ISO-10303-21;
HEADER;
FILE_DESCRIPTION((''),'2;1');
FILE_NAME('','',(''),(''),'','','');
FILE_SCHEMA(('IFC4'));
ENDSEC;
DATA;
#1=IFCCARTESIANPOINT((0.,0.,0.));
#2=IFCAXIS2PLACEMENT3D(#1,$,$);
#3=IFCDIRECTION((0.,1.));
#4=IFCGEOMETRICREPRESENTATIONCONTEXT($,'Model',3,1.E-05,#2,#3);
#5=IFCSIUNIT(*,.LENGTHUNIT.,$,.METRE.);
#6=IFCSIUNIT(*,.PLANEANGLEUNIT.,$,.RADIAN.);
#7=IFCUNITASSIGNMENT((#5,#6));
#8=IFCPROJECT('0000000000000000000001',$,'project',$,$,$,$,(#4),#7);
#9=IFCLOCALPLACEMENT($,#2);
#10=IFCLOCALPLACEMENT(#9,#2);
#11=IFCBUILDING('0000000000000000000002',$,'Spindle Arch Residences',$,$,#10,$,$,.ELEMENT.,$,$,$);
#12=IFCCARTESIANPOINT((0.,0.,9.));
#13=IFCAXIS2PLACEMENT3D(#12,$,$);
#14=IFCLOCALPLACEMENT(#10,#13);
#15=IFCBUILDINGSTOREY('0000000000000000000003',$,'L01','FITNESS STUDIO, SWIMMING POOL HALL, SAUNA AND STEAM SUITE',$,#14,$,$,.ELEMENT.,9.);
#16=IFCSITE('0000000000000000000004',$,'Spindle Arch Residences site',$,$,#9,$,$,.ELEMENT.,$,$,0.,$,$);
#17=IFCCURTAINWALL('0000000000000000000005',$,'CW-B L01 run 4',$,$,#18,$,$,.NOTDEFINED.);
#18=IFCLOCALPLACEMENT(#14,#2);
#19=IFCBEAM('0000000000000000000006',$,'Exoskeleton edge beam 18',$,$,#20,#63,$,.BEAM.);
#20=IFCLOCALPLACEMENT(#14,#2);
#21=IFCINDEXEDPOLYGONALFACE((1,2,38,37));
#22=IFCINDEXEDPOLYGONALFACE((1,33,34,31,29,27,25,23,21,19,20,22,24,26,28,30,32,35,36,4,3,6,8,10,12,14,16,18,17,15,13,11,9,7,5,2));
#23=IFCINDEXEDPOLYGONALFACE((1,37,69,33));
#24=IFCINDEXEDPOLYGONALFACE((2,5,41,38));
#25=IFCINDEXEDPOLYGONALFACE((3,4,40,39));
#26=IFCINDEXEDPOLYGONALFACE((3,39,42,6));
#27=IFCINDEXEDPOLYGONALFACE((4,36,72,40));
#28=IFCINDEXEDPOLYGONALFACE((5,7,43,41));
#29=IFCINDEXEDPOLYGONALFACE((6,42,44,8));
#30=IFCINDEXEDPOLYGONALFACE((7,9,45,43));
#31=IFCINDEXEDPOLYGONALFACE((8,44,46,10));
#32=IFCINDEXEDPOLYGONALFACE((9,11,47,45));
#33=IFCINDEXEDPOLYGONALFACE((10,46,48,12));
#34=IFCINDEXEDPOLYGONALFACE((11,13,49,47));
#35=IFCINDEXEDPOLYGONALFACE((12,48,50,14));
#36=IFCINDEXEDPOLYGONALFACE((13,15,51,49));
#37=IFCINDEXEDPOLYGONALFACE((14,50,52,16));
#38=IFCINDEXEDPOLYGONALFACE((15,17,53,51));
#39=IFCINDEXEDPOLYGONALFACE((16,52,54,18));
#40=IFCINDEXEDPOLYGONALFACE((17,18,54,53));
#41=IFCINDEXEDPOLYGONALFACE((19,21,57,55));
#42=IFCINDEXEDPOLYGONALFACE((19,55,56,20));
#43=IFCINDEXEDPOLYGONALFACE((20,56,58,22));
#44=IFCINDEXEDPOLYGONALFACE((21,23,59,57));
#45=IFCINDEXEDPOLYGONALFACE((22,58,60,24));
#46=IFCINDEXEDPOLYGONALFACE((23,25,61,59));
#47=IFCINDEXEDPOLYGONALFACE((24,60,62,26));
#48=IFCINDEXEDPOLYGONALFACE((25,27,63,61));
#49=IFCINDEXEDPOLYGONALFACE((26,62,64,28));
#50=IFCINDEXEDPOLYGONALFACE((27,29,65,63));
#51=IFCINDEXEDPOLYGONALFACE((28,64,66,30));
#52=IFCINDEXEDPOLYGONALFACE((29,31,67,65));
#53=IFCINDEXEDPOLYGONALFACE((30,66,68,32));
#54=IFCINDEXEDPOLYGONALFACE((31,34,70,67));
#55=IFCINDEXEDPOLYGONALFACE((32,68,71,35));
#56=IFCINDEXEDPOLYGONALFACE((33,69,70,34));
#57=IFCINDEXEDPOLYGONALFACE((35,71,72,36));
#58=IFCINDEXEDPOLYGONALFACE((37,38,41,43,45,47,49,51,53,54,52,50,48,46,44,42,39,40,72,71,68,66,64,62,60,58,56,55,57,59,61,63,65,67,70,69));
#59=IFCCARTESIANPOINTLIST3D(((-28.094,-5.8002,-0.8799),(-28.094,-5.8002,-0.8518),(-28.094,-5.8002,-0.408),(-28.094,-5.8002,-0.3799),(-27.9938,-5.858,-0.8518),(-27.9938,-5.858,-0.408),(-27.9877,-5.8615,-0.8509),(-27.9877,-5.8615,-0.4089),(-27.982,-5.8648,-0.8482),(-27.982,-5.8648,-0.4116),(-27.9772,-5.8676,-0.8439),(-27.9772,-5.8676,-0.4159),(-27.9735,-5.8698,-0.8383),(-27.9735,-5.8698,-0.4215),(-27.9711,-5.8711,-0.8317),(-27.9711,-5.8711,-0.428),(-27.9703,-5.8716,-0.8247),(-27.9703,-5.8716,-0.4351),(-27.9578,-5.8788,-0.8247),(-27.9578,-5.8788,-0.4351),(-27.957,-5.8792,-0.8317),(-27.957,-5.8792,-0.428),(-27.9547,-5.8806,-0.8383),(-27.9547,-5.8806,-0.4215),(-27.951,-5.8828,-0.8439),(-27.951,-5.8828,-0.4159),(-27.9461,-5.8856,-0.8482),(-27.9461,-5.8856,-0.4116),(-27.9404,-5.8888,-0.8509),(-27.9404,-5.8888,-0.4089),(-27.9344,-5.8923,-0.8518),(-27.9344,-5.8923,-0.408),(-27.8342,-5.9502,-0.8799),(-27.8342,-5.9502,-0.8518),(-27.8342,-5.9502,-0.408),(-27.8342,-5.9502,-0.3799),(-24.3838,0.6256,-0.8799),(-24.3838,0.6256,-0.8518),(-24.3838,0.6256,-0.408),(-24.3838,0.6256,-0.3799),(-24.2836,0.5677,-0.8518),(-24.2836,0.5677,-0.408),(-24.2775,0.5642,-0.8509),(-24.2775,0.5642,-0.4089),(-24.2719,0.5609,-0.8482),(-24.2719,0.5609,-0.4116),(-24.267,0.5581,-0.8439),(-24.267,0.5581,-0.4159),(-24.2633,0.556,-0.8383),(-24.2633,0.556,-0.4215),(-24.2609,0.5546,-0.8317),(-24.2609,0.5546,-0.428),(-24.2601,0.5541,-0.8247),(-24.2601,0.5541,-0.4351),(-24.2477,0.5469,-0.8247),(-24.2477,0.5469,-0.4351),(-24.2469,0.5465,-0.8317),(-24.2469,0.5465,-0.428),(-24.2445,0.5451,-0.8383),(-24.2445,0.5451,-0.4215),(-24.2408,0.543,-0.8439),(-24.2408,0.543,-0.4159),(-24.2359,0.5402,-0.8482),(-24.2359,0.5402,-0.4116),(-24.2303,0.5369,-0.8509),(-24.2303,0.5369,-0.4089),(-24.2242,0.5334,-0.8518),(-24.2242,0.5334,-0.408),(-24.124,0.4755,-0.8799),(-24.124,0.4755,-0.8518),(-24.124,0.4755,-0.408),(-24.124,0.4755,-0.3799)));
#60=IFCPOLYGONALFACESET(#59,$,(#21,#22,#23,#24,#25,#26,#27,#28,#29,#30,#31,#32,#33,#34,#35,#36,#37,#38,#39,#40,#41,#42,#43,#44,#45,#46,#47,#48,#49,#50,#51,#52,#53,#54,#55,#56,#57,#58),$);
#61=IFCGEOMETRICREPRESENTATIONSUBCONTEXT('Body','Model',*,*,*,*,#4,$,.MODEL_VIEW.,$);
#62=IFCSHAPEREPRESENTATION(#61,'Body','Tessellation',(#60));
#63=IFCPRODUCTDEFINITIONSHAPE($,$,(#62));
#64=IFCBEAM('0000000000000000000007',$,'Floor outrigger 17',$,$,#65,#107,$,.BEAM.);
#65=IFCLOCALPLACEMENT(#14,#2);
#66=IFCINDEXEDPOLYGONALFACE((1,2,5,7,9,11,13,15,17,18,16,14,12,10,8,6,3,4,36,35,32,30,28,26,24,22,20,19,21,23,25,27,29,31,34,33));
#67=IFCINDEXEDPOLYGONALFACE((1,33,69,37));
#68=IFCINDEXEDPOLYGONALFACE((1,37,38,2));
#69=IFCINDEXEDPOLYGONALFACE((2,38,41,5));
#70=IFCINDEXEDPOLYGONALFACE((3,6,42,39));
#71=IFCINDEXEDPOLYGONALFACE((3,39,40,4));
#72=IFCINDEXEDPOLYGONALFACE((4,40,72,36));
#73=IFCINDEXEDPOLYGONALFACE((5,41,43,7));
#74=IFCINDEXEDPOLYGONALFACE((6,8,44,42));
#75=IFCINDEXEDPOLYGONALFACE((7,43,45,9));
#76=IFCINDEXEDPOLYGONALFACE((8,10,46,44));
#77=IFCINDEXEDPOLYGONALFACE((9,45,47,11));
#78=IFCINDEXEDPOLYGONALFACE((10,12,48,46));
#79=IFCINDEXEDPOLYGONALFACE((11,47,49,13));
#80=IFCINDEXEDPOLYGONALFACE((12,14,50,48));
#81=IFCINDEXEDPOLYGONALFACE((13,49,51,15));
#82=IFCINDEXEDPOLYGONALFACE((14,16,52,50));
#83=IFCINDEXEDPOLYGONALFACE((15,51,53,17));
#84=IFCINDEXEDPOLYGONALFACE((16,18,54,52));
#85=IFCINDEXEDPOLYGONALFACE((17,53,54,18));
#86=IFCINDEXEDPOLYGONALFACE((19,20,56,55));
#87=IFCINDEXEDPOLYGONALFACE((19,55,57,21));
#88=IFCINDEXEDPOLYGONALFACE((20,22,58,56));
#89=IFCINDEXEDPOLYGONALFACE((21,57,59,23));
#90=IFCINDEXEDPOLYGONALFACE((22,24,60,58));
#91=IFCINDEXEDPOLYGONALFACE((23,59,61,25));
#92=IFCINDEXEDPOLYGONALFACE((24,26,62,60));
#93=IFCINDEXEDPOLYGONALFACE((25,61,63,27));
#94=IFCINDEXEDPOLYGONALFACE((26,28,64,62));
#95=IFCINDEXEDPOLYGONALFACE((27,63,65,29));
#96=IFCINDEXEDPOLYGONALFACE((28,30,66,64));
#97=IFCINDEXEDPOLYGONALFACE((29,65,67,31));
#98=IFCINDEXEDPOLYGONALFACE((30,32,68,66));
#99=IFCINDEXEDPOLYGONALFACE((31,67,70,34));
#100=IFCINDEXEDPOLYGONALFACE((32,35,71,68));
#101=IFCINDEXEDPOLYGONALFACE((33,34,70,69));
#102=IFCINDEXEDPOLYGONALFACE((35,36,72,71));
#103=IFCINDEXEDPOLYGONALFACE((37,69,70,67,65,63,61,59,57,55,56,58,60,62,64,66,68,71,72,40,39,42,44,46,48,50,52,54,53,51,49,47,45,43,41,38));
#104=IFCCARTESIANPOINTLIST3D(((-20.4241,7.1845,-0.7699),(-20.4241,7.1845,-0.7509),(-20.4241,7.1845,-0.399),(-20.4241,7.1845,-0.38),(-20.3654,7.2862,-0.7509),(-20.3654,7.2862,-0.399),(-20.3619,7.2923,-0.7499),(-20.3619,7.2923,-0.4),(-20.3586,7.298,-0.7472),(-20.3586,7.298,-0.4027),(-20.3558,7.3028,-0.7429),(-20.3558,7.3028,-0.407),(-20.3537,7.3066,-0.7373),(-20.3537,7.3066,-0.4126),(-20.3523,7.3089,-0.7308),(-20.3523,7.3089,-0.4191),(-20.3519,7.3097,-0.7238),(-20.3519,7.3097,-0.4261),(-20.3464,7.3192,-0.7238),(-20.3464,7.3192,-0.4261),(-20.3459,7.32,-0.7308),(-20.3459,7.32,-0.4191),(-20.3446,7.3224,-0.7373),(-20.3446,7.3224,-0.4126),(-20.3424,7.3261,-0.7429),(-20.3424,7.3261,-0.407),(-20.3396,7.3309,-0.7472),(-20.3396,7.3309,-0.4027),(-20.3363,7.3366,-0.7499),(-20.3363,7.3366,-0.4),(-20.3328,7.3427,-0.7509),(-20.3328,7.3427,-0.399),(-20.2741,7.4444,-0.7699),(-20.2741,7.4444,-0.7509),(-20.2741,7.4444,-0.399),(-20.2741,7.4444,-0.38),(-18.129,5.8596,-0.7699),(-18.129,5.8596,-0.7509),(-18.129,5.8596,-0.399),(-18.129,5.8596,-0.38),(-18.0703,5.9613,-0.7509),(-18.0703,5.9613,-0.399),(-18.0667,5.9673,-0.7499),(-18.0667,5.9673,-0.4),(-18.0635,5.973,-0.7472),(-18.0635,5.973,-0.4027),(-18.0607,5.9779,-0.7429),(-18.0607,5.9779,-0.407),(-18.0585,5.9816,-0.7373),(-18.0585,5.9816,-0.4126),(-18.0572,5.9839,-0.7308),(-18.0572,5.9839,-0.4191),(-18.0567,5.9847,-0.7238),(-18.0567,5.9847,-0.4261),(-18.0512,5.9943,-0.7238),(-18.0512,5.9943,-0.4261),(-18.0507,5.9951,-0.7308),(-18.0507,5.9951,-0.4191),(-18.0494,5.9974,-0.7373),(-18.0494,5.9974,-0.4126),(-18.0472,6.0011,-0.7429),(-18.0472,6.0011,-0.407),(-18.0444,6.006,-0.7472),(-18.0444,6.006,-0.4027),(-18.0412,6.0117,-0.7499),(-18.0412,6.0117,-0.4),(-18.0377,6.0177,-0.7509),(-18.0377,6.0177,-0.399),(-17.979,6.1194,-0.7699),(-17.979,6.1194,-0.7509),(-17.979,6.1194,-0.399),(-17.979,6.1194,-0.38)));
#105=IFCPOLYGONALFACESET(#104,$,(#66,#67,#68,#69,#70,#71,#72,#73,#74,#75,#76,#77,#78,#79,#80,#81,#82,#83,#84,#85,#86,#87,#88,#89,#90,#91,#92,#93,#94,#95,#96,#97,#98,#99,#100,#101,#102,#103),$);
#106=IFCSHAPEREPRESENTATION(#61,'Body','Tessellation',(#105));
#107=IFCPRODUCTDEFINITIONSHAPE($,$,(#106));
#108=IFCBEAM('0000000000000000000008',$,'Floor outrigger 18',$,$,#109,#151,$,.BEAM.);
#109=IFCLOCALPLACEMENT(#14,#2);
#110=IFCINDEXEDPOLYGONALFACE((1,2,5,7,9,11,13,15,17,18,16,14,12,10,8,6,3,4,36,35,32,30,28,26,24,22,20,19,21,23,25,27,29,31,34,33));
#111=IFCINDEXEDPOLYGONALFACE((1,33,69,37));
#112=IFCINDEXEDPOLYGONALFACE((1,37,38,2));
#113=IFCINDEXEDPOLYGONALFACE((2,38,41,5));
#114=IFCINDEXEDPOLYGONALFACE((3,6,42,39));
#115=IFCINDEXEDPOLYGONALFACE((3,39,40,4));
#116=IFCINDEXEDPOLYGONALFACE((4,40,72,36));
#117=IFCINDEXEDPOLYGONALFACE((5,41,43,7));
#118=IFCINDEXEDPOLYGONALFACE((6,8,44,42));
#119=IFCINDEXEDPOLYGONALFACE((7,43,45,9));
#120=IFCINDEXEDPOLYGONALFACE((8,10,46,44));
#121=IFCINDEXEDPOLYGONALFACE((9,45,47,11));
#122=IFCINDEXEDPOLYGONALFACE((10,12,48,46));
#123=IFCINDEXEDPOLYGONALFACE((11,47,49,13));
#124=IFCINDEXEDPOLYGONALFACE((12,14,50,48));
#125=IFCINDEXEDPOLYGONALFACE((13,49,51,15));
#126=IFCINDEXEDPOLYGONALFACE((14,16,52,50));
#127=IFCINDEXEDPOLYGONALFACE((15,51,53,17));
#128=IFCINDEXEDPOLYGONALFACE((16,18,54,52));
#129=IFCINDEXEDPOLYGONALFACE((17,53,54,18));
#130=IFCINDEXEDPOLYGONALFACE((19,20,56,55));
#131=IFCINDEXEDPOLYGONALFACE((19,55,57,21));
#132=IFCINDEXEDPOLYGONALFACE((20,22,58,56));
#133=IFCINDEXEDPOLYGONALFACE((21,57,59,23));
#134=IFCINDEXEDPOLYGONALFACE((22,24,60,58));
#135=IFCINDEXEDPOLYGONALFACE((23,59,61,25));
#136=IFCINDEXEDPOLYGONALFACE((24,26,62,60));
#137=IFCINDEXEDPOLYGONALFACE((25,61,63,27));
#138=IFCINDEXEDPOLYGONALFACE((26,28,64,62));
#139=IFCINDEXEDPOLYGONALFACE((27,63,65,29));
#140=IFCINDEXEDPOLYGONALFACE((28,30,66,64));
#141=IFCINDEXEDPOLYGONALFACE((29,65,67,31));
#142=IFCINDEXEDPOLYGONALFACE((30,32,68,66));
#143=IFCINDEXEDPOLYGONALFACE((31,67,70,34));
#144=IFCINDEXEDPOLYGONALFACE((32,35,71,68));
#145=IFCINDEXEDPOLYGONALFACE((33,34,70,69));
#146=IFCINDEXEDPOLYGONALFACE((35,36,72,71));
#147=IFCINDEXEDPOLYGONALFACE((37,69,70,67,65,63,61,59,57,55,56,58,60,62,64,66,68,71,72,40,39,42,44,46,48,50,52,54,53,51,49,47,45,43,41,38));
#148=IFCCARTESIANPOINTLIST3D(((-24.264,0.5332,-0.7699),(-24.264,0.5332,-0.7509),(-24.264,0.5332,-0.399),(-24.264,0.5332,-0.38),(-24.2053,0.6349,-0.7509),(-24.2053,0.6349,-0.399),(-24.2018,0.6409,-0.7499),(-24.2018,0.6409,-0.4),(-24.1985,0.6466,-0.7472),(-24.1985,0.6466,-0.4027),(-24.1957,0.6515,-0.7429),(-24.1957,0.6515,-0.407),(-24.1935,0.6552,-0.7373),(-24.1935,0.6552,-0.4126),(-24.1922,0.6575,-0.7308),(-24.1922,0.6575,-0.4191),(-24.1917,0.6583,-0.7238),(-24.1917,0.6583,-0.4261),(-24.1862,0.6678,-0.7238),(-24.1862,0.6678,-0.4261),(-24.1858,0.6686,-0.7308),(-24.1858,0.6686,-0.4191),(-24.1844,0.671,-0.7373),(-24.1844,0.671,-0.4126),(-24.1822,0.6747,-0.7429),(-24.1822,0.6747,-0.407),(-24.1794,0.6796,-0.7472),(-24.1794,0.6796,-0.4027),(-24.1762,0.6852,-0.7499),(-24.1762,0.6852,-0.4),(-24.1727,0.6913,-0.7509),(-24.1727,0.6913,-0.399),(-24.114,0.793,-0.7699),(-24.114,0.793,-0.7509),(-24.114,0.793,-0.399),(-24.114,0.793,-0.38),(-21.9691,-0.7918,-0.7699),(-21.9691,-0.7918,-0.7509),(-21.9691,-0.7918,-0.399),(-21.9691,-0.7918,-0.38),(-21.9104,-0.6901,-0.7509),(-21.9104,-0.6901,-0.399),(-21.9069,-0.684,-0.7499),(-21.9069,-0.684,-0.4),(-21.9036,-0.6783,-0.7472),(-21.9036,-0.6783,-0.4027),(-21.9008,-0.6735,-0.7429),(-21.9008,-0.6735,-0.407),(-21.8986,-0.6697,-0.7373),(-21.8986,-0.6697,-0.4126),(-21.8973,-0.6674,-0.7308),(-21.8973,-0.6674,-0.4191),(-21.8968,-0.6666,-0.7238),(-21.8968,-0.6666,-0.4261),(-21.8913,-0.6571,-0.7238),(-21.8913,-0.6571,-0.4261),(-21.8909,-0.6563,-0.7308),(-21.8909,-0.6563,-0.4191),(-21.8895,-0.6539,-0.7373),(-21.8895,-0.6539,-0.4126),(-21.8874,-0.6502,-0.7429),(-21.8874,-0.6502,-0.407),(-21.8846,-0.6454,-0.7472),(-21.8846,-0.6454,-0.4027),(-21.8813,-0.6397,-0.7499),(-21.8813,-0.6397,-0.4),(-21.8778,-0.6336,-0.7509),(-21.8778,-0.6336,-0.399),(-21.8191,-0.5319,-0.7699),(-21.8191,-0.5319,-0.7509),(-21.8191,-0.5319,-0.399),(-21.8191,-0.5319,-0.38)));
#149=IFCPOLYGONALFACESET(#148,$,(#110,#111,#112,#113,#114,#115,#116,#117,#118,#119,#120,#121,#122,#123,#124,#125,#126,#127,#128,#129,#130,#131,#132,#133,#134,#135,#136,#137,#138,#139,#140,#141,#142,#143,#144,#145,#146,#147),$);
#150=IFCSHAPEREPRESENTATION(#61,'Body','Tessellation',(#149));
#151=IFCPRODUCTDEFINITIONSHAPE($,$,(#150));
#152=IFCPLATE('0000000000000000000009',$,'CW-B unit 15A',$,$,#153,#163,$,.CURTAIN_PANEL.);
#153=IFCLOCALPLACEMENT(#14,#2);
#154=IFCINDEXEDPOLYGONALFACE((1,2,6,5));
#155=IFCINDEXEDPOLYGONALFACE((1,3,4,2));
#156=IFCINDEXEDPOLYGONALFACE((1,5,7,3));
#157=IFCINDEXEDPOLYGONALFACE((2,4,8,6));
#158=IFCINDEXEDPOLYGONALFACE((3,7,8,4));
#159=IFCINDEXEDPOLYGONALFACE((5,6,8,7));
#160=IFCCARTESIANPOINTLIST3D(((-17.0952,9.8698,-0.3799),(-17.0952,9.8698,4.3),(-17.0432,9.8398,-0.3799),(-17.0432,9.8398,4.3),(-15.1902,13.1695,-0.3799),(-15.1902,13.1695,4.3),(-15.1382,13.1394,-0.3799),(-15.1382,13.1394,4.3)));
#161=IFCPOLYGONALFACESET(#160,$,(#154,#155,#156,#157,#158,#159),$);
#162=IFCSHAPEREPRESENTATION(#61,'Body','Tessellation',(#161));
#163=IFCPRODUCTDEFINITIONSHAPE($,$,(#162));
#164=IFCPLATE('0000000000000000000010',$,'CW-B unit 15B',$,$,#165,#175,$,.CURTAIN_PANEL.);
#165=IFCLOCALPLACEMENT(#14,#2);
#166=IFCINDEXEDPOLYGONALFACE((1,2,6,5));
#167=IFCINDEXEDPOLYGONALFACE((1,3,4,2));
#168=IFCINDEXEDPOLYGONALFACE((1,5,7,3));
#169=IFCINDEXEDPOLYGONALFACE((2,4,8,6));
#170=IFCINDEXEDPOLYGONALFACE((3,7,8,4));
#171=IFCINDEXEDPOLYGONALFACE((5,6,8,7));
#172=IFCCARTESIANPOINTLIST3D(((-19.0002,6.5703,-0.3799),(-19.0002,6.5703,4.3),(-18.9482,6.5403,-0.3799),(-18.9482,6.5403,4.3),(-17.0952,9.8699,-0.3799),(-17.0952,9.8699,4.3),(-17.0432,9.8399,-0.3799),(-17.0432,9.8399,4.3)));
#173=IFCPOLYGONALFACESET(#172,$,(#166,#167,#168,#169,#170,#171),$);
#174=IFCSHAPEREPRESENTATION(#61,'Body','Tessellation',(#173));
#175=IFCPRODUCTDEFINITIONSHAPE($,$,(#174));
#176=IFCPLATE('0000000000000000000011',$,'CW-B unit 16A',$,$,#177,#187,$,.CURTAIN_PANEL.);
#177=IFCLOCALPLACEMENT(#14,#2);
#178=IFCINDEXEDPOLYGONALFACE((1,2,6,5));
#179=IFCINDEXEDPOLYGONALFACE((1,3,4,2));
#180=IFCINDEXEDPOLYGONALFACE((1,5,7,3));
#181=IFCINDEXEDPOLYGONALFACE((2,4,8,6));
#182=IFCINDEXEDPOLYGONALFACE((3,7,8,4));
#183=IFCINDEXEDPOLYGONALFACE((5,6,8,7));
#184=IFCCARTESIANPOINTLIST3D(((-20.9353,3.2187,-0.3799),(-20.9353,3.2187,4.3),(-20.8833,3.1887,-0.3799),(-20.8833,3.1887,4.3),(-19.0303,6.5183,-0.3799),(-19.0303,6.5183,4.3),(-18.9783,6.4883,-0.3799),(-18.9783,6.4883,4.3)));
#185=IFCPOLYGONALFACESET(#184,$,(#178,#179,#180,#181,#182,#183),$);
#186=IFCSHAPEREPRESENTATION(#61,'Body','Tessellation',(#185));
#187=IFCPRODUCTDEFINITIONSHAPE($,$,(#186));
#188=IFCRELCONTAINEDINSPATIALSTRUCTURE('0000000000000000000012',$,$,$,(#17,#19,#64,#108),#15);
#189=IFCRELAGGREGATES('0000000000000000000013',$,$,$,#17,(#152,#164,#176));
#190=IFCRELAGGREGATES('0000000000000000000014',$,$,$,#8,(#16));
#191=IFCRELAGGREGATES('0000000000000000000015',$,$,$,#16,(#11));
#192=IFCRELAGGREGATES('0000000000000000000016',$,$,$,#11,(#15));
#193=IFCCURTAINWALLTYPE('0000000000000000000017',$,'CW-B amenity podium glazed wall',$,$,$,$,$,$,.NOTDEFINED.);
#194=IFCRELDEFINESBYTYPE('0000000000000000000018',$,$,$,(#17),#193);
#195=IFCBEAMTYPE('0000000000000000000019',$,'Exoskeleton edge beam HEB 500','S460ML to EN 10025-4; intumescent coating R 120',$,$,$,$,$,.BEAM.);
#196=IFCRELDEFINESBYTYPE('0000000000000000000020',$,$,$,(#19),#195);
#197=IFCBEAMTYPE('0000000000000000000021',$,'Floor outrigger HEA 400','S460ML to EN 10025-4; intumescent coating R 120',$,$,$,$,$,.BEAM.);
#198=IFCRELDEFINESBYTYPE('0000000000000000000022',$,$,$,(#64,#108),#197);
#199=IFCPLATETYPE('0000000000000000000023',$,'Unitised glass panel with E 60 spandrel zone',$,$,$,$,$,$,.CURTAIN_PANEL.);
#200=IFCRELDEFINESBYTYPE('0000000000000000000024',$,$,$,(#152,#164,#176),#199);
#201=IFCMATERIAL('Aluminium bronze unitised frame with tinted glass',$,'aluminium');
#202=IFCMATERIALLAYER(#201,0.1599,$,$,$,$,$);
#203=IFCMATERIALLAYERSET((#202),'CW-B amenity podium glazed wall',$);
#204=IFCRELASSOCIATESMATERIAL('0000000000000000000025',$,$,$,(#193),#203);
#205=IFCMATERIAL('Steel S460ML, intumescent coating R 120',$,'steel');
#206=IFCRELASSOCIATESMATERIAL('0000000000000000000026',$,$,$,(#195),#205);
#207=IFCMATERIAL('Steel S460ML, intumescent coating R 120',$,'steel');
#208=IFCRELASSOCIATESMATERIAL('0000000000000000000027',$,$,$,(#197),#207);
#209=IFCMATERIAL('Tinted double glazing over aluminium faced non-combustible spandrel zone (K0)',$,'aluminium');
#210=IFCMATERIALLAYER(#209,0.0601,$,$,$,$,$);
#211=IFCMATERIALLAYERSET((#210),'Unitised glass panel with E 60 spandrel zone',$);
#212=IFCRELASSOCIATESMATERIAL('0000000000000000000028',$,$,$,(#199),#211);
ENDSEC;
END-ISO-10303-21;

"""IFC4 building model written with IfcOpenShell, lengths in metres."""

from ifc_helpers import new_model, si_unit, direction, frame, origin, origin_2d, place, context, subcontext, project, spatial, rectangle, i_section, extrude, material, layer, layer_set, material_profile, profile_set, type_object, element, aggregate, save


model = new_model("IFC4")

# Units and contexts
model_context = context("Model", 3, precision=1e-05, world=origin(), true_north=direction((0.0, 1.0)))
body_context = subcontext(model_context, "Body", "Model", "MODEL_VIEW")
ifc_project = project(units=[si_unit("LENGTHUNIT", "METRE"), si_unit("PLANEANGLEUNIT", "RADIAN")], contexts=[model_context])

# Site, building, storey
site_placement = place(None, origin())
site = spatial("IfcSite", under=ifc_project, at=site_placement, Name="Spindle Arch Residences site", CompositionType="ELEMENT", RefElevation=0.0)
building_placement = place(site_placement, origin())
building = spatial("IfcBuilding", under=site, at=building_placement, Name="Spindle Arch Residences", CompositionType="ELEMENT")
storey_placement = place(building_placement, frame((0.0, 0.0, 9.0)))
storey = spatial("IfcBuildingStorey", under=building, at=storey_placement, Name="L01", Description="FITNESS STUDIO, SWIMMING POOL HALL, SAUNA AND STEAM SUITE", CompositionType="ELEMENT", Elevation=9.0)

# Curtain wall
ifc_material_1 = material(Name="Aluminium bronze unitised frame with tinted glass", Category="aluminium")
ifc_layer_1 = layer(ifc_material_1, 0.1599)
ifc_layer_set_1 = layer_set([ifc_layer_1], Name="CW-B amenity podium glazed wall")
curtain_wall_type = type_object("IfcCurtainWallType", Name="CW-B amenity podium glazed wall", PredefinedType="NOTDEFINED", material=ifc_layer_set_1)
curtain_wall_placement = place(storey_placement, origin())
curtain_wall = element("IfcCurtainWall", 1, at=curtain_wall_placement, inside=storey, type_object=curtain_wall_type, Name="CW-B L01 run 4", PredefinedType="NOTDEFINED")

# Beams
ifc_material_2 = material(Name="Steel S460ML, intumescent coating R 120", Category="steel")
ifc_material_profile_1 = material_profile(ifc_material_2, i_section(OverallWidth=0.3, OverallDepth=0.5, WebThickness=0.0144, FlangeThickness=0.0281, FilletRadius=0.0271, at=origin_2d()), Name="HEB 500")
ifc_profile_set_1 = profile_set([ifc_material_profile_1], Name="Steel S460ML, intumescent coating R 120")
beam_type_1 = type_object("IfcBeamType", Name="Exoskeleton edge beam HEB 500", Description="S460ML to EN 10025-4; intumescent coating R 120", PredefinedType="BEAM", material=ifc_profile_set_1)
beam_1_placement = place(storey_placement, frame((-24.2539, 0.5505, -0.6299), z_axis=(-0.500028, -0.866009, 0.0), x_axis=(0.866009, -0.500028, 0.0)))
element("IfcBeam", 2, at=beam_1_placement, inside=storey, type_object=beam_type_1, Name="Exoskeleton edge beam 18", PredefinedType="BEAM", context=body_context, shape_type="SweptSolid", body=[
    extrude(i_section(OverallWidth=0.3, OverallDepth=0.5, WebThickness=0.0144, FlangeThickness=0.0281, FilletRadius=0.0271, at=origin_2d()), origin(), (0.0, 0.0, 1.0), 7.4199),
])
ifc_material_3 = material(Name="Steel S460ML, intumescent coating R 120", Category="steel")
ifc_material_profile_2 = material_profile(ifc_material_3, i_section(OverallWidth=0.3, OverallDepth=0.3899, WebThickness=0.011, FlangeThickness=0.019, FilletRadius=0.0271, at=origin_2d()), Name="HEA 400")
ifc_profile_set_2 = profile_set([ifc_material_profile_2], Name="Steel S460ML, intumescent coating R 120")
beam_type_2 = type_object("IfcBeamType", Name="Floor outrigger HEA 400", Description="S460ML to EN 10025-4; intumescent coating R 120", PredefinedType="BEAM", material=ifc_profile_set_2)
beam_2_placement = place(storey_placement, frame((-20.3491, 7.3145, -0.575), z_axis=(0.866052, -0.499954, 0.0), x_axis=(0.499954, 0.866052, 0.0)))
element("IfcBeam", 3, at=beam_2_placement, inside=storey, type_object=beam_type_2, Name="Floor outrigger 17", PredefinedType="BEAM", context=body_context, shape_type="SweptSolid", body=[
    extrude(i_section(OverallWidth=0.3, OverallDepth=0.3899, WebThickness=0.011, FlangeThickness=0.019, FilletRadius=0.0271, at=origin_2d()), origin(), (0.0, 0.0, 1.0), 2.6501),
])
beam_3_placement = place(storey_placement, frame((-24.189, 0.6631, -0.575), z_axis=(0.866029, -0.499994, 0.0), x_axis=(0.499994, 0.866029, 0.0)))
element("IfcBeam", 4, at=beam_3_placement, inside=storey, type_object=beam_type_2, Name="Floor outrigger 18", PredefinedType="BEAM", context=body_context, shape_type="SweptSolid", body=[
    extrude(i_section(OverallWidth=0.3, OverallDepth=0.3899, WebThickness=0.011, FlangeThickness=0.019, FilletRadius=0.0271, at=origin_2d()), origin(), (0.0, 0.0, 1.0), 2.6499),
])

# Plates
ifc_material_4 = material(Name="Tinted double glazing over aluminium faced non-combustible spandrel zone (K0)", Category="aluminium")
ifc_layer_2 = layer(ifc_material_4, 0.0601)
ifc_layer_set_2 = layer_set([ifc_layer_2], Name="Unitised glass panel with E 60 spandrel zone")
plate_type = type_object("IfcPlateType", Name="Unitised glass panel with E 60 spandrel zone", PredefinedType="CURTAIN_PANEL", material=ifc_layer_set_2)
plate_1_placement = place(storey_placement, frame((-16.1167, 11.5046, -0.3799), z_axis=(0.0, 0.0, 1.0), x_axis=(-0.5, -0.866025, 0.0)))
plate_1 = element("IfcPlate", 5, at=plate_1_placement, type_object=plate_type, Name="CW-B unit 15A", PredefinedType="CURTAIN_PANEL", context=body_context, shape_type="SweptSolid", body=[
    extrude(rectangle(XDim=3.8101, YDim=0.0601, at=origin_2d()), origin(), (0.0, 0.0, 1.0), 4.6799),
])
plate_2_placement = place(storey_placement, frame((-18.0217, 8.2051, -0.3799), z_axis=(0.0, 0.0, 1.0), x_axis=(-0.5, -0.866025, 0.0)))
plate_2 = element("IfcPlate", 6, at=plate_2_placement, type_object=plate_type, Name="CW-B unit 15B", PredefinedType="CURTAIN_PANEL", context=body_context, shape_type="SweptSolid", body=[
    extrude(rectangle(XDim=3.8101, YDim=0.0601, at=origin_2d()), origin(), (0.0, 0.0, 1.0), 4.6799),
])
plate_3_placement = place(storey_placement, frame((-19.9568, 4.8535, -0.3799), z_axis=(0.0, 0.0, 1.0), x_axis=(-0.5, -0.866025, 0.0)))
plate_3 = element("IfcPlate", 7, at=plate_3_placement, type_object=plate_type, Name="CW-B unit 16A", PredefinedType="CURTAIN_PANEL", context=body_context, shape_type="SweptSolid", body=[
    extrude(rectangle(XDim=3.8101, YDim=0.0601, at=origin_2d()), origin(), (0.0, 0.0, 1.0), 4.6799),
])
aggregate(curtain_wall, [plate_1, plate_2, plate_3])

save(model, "model.ifc")
